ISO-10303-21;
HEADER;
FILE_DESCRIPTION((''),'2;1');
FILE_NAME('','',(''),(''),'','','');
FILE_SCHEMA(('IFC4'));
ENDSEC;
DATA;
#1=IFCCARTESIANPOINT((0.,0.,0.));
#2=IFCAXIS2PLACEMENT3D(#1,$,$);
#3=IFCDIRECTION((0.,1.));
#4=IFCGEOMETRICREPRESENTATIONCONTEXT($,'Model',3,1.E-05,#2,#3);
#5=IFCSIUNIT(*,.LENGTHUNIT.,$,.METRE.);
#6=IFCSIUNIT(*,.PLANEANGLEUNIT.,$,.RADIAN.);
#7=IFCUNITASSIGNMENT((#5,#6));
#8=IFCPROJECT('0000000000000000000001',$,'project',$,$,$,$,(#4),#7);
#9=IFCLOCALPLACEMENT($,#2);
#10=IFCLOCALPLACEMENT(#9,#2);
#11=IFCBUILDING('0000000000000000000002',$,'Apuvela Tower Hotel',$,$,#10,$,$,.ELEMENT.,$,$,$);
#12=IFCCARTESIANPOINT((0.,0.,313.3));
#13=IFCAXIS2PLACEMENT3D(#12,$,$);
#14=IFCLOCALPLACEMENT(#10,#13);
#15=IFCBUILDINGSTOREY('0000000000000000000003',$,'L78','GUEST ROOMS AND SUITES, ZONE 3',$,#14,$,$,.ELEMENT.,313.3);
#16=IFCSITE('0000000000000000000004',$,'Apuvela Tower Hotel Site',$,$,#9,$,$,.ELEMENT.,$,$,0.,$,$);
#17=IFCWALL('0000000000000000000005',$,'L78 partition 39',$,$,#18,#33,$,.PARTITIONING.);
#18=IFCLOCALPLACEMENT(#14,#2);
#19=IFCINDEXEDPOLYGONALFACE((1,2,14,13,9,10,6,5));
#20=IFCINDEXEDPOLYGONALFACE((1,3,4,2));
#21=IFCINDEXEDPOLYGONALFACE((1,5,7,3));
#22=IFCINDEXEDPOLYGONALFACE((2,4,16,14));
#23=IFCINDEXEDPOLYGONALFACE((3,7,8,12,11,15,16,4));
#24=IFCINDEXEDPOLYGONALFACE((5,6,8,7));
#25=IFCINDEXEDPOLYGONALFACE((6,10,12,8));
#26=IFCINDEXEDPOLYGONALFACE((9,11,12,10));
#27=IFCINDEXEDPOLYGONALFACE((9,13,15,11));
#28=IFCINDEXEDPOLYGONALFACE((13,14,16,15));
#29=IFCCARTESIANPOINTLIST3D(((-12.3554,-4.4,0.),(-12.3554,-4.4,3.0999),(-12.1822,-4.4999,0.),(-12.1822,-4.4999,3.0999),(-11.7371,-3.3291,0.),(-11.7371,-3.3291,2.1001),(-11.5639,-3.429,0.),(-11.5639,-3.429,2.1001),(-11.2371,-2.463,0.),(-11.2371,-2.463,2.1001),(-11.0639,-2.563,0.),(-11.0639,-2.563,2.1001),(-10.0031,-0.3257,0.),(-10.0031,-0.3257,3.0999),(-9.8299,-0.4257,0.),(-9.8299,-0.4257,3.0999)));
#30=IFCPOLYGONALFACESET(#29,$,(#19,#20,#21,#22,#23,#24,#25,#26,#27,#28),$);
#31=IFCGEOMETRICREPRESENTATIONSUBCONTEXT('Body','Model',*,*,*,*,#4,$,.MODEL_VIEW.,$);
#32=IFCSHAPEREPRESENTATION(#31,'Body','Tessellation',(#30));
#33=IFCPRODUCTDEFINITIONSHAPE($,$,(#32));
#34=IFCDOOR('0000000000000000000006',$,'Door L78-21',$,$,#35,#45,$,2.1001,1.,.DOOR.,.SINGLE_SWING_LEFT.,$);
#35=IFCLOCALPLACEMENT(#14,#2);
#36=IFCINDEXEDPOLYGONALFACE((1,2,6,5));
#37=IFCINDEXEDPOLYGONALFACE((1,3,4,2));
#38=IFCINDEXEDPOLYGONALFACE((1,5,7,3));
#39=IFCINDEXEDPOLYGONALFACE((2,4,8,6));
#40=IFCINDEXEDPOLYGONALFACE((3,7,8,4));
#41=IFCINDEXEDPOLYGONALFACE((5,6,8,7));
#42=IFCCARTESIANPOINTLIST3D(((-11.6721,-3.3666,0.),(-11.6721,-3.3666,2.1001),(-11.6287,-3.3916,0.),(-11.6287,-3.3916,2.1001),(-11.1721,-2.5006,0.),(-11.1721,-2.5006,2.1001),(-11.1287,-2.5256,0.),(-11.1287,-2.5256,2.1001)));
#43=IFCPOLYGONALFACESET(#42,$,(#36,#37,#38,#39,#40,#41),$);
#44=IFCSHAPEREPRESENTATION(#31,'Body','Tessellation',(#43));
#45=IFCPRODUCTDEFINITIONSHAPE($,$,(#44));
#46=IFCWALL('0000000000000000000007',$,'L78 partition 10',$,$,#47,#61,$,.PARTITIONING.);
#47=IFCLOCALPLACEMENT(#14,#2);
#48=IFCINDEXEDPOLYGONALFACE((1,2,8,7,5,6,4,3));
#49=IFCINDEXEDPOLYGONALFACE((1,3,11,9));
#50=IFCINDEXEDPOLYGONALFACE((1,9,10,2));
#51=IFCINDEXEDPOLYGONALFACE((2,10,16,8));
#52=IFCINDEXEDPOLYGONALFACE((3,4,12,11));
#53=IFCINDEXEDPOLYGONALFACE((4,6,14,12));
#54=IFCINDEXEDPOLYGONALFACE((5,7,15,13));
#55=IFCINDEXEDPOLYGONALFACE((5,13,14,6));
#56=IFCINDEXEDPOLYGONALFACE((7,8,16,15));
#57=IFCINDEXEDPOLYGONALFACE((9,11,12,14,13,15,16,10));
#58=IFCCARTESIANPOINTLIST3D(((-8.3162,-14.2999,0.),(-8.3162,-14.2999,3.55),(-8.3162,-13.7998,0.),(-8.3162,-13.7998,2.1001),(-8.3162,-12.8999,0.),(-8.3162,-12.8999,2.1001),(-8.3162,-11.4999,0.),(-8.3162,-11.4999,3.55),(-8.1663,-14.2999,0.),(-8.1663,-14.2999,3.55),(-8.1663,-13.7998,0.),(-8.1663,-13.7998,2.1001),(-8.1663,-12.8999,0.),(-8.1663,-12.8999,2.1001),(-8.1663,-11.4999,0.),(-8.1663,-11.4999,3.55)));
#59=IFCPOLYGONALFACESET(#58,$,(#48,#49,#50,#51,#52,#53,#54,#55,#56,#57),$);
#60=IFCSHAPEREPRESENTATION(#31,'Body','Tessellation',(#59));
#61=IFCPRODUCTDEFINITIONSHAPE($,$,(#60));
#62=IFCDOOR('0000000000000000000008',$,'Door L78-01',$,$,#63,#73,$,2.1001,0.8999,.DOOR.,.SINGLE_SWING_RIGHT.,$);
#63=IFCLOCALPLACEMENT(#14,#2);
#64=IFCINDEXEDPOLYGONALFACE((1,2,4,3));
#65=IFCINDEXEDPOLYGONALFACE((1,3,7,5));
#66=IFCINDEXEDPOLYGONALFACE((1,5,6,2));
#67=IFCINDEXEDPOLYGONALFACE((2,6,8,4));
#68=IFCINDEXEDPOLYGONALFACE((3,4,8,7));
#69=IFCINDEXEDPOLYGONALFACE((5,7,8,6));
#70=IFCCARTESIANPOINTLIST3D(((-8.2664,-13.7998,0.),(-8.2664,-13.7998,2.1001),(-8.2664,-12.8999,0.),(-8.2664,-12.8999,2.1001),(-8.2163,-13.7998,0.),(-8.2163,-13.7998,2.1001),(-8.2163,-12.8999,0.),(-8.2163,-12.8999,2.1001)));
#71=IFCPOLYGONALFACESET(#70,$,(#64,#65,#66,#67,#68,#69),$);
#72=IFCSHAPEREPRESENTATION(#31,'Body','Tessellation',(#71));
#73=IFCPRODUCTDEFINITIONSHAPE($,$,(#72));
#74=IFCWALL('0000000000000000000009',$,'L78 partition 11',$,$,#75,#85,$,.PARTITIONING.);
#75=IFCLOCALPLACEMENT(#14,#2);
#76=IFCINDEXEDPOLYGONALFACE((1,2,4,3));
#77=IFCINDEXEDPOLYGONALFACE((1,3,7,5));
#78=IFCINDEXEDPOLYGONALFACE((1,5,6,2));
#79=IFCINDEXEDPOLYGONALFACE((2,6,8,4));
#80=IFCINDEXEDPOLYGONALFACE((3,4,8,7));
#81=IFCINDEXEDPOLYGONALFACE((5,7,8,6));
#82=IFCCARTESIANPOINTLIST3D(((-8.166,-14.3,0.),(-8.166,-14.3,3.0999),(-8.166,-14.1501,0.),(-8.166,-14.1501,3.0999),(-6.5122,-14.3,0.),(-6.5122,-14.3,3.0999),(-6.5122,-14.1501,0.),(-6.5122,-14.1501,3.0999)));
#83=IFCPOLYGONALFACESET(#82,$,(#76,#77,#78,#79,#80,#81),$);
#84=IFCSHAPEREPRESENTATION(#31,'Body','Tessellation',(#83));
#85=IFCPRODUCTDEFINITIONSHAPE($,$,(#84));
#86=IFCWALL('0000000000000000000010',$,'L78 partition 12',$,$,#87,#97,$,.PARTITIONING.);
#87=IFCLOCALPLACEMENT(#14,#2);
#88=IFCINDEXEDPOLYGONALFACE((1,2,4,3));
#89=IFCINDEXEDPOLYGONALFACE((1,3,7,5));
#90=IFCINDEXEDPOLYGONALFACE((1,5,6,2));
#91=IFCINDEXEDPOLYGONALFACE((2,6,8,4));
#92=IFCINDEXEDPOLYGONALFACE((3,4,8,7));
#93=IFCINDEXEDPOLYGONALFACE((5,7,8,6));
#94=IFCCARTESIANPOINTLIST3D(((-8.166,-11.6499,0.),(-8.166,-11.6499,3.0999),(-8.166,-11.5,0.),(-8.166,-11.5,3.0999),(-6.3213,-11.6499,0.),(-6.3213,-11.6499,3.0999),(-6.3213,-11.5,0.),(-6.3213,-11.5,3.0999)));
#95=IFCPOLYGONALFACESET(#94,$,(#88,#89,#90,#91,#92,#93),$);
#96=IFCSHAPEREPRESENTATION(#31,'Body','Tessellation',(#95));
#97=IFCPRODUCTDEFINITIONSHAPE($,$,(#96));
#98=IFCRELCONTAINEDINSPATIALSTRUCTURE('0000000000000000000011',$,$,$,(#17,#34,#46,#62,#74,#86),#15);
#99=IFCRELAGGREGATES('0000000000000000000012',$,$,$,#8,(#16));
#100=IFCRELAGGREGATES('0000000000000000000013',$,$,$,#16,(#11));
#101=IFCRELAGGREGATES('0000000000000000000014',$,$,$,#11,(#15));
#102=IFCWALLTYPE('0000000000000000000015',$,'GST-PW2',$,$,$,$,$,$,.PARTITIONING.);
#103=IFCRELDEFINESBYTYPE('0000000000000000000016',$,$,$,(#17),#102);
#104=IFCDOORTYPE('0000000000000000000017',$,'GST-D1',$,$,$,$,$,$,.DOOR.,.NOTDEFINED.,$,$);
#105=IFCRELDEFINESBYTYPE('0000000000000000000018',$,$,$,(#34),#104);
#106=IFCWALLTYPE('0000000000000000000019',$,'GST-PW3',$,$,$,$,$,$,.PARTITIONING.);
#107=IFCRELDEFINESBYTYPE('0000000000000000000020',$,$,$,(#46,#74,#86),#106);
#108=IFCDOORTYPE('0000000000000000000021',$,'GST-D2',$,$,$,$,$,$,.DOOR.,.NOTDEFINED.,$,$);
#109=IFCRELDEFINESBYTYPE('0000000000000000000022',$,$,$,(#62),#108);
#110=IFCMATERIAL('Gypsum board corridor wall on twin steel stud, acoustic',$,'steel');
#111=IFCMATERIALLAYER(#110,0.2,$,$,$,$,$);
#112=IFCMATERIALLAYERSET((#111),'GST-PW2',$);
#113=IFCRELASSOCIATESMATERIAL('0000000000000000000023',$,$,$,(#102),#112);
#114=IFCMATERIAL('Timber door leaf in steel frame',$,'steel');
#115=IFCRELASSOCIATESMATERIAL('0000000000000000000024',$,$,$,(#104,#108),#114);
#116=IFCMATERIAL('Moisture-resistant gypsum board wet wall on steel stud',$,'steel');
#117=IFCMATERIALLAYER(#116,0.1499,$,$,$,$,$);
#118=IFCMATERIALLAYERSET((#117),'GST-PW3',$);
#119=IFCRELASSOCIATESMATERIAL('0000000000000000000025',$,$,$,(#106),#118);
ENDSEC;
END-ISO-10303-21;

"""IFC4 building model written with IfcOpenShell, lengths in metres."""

from ifc_helpers import new_model, si_unit, direction, frame, frame_2d, origin, place, context, subcontext, project, spatial, rectangle, extrude, material, layer, layer_set, type_object, element, fill, save


model = new_model("IFC4")

# Units and contexts
model_context = context("Model", 3, precision=1e-05, world=origin(), true_north=direction((0.0, 1.0)))
body_context = subcontext(model_context, "Body", "Model", "MODEL_VIEW")
ifc_project = project(units=[si_unit("LENGTHUNIT", "METRE"), si_unit("PLANEANGLEUNIT", "RADIAN")], contexts=[model_context])

# Site, building, storey
site_placement = place(None, origin())
site = spatial("IfcSite", under=ifc_project, at=site_placement, Name="Apuvela Tower Hotel Site", CompositionType="ELEMENT", RefElevation=0.0)
building_placement = place(site_placement, origin())
building = spatial("IfcBuilding", under=site, at=building_placement, Name="Apuvela Tower Hotel", CompositionType="ELEMENT")
storey_placement = place(building_placement, frame((0.0, 0.0, 313.3)))
storey = spatial("IfcBuildingStorey", under=building, at=storey_placement, Name="L78", Description="GUEST ROOMS AND SUITES, ZONE 3", CompositionType="ELEMENT", Elevation=313.3)

# Walls, openings, doors
ifc_material_1 = material(Name="Gypsum board corridor wall on twin steel stud, acoustic", Category="steel")
ifc_layer_1 = layer(ifc_material_1, 0.2)
ifc_layer_set_1 = layer_set([ifc_layer_1], Name="GST-PW2")
wall_type_1 = type_object("IfcWallType", Name="GST-PW2", PredefinedType="PARTITIONING", material=ifc_layer_set_1)
ifc_material_2 = material(Name="Timber door leaf in steel frame", Category="steel")
door_type_1 = type_object("IfcDoorType", Name="GST-D1", OperationType="NOTDEFINED", PredefinedType="DOOR", material=ifc_material_2)
wall_1_placement = place(storey_placement, frame((-12.2688, -4.45, 0.0), z_axis=(0.0, 0.0, 1.0), x_axis=(0.500007, 0.866021, 0.0)))
wall_1 = element("IfcWall", 1, at=wall_1_placement, inside=storey, type_object=wall_type_1, Name="L78 partition 39", PredefinedType="PARTITIONING", context=body_context, shape_type="SweptSolid", body=[
    extrude(rectangle(XDim=4.7046, YDim=0.2, at=frame_2d((2.3523, 0.0))), origin(), (0.0, 0.0, 1.0), 3.0999),
])
opening_1_placement = place(wall_1_placement, frame((1.2366, 0.0, 0.0)))
opening_1 = element("IfcOpeningElement", 2, at=opening_1_placement, cuts=wall_1, PredefinedType="OPENING", context=body_context, shape_type="SweptSolid", body=[
    extrude(rectangle(XDim=1.0, YDim=2.1001, at=frame_2d((0.5, 1.05))), frame((0.0, 0.1099, 0.0), z_axis=(0.0, -1.0, 0.0), x_axis=(1.0, 0.0, 0.0)), (0.0, 0.0, 1.0), 0.22),
])
door_1_placement = place(opening_1_placement, origin())
door_1 = element("IfcDoor", 3, at=door_1_placement, inside=storey, type_object=door_type_1, Name="Door L78-21", OperationType="SINGLE_SWING_LEFT", OverallHeight=2.1001, OverallWidth=1.0, PredefinedType="DOOR", context=body_context, shape_type="SweptSolid", body=[
    extrude(rectangle(XDim=1.0, YDim=2.1001, at=frame_2d((0.5, 1.05))), frame((0.0, 0.0249, 0.0), z_axis=(0.0, -1.0, 0.0), x_axis=(1.0, 0.0, 0.0)), (0.0, 0.0, 1.0), 0.05),
])
fill(opening_1, door_1)
ifc_material_3 = material(Name="Moisture-resistant gypsum board wet wall on steel stud", Category="steel")
ifc_layer_2 = layer(ifc_material_3, 0.1499)
ifc_layer_set_2 = layer_set([ifc_layer_2], Name="GST-PW3")
wall_type_2 = type_object("IfcWallType", Name="GST-PW3", PredefinedType="PARTITIONING", material=ifc_layer_set_2)
wall_2_placement = place(storey_placement, frame((-8.2412, -11.5, 0.0), z_axis=(0.0, 0.0, 1.0), x_axis=(0.0, -1.0, 0.0)))
wall_2 = element("IfcWall", 4, at=wall_2_placement, inside=storey, type_object=wall_type_2, Name="L78 partition 10", PredefinedType="PARTITIONING", context=body_context, shape_type="SweptSolid", body=[
    extrude(rectangle(XDim=2.8, YDim=0.1499, at=frame_2d((1.3999, 0.0))), origin(), (0.0, 0.0, 1.0), 3.55),
])
opening_2_placement = place(wall_2_placement, frame((1.3999, 0.0, 0.0)))
opening_2 = element("IfcOpeningElement", 5, at=opening_2_placement, cuts=wall_2, PredefinedType="OPENING", context=body_context, shape_type="SweptSolid", body=[
    extrude(rectangle(XDim=0.8999, YDim=2.1001, at=frame_2d((0.45, 1.05))), frame((0.0, 0.085, 0.0), z_axis=(0.0, -1.0, 0.0), x_axis=(1.0, 0.0, 0.0)), (0.0, 0.0, 1.0), 0.1699),
])
door_type_2 = type_object("IfcDoorType", Name="GST-D2", OperationType="NOTDEFINED", PredefinedType="DOOR", material=ifc_material_2)
door_2_placement = place(opening_2_placement, origin())
door_2 = element("IfcDoor", 6, at=door_2_placement, inside=storey, type_object=door_type_2, Name="Door L78-01", OperationType="SINGLE_SWING_RIGHT", OverallHeight=2.1001, OverallWidth=0.8999, PredefinedType="DOOR", context=body_context, shape_type="SweptSolid", body=[
    extrude(rectangle(XDim=0.8999, YDim=2.1001, at=frame_2d((0.45, 1.05))), frame((0.0, 0.0249, 0.0), z_axis=(0.0, -1.0, 0.0), x_axis=(1.0, 0.0, 0.0)), (0.0, 0.0, 1.0), 0.05),
])
fill(opening_2, door_2)

# Walls
wall_3_placement = place(storey_placement, frame((-8.166, -14.2251, 0.0), z_axis=(0.0, 0.0, 1.0), x_axis=(1.0, 0.0, 0.0)))
element("IfcWall", 7, at=wall_3_placement, inside=storey, type_object=wall_type_2, Name="L78 partition 11", PredefinedType="PARTITIONING", context=body_context, shape_type="SweptSolid", body=[
    extrude(rectangle(XDim=1.6538, YDim=0.1499, at=frame_2d((0.8269, 0.0))), origin(), (0.0, 0.0, 1.0), 3.0999),
])
wall_4_placement = place(storey_placement, frame((-8.166, -11.575, 0.0), z_axis=(0.0, 0.0, 1.0), x_axis=(1.0, 0.0, 0.0)))
element("IfcWall", 8, at=wall_4_placement, inside=storey, type_object=wall_type_2, Name="L78 partition 12", PredefinedType="PARTITIONING", context=body_context, shape_type="SweptSolid", body=[
    extrude(rectangle(XDim=1.8447, YDim=0.1499, at=frame_2d((0.9224, 0.0))), origin(), (0.0, 0.0, 1.0), 3.0999),
])

save(model, "model.ifc")
